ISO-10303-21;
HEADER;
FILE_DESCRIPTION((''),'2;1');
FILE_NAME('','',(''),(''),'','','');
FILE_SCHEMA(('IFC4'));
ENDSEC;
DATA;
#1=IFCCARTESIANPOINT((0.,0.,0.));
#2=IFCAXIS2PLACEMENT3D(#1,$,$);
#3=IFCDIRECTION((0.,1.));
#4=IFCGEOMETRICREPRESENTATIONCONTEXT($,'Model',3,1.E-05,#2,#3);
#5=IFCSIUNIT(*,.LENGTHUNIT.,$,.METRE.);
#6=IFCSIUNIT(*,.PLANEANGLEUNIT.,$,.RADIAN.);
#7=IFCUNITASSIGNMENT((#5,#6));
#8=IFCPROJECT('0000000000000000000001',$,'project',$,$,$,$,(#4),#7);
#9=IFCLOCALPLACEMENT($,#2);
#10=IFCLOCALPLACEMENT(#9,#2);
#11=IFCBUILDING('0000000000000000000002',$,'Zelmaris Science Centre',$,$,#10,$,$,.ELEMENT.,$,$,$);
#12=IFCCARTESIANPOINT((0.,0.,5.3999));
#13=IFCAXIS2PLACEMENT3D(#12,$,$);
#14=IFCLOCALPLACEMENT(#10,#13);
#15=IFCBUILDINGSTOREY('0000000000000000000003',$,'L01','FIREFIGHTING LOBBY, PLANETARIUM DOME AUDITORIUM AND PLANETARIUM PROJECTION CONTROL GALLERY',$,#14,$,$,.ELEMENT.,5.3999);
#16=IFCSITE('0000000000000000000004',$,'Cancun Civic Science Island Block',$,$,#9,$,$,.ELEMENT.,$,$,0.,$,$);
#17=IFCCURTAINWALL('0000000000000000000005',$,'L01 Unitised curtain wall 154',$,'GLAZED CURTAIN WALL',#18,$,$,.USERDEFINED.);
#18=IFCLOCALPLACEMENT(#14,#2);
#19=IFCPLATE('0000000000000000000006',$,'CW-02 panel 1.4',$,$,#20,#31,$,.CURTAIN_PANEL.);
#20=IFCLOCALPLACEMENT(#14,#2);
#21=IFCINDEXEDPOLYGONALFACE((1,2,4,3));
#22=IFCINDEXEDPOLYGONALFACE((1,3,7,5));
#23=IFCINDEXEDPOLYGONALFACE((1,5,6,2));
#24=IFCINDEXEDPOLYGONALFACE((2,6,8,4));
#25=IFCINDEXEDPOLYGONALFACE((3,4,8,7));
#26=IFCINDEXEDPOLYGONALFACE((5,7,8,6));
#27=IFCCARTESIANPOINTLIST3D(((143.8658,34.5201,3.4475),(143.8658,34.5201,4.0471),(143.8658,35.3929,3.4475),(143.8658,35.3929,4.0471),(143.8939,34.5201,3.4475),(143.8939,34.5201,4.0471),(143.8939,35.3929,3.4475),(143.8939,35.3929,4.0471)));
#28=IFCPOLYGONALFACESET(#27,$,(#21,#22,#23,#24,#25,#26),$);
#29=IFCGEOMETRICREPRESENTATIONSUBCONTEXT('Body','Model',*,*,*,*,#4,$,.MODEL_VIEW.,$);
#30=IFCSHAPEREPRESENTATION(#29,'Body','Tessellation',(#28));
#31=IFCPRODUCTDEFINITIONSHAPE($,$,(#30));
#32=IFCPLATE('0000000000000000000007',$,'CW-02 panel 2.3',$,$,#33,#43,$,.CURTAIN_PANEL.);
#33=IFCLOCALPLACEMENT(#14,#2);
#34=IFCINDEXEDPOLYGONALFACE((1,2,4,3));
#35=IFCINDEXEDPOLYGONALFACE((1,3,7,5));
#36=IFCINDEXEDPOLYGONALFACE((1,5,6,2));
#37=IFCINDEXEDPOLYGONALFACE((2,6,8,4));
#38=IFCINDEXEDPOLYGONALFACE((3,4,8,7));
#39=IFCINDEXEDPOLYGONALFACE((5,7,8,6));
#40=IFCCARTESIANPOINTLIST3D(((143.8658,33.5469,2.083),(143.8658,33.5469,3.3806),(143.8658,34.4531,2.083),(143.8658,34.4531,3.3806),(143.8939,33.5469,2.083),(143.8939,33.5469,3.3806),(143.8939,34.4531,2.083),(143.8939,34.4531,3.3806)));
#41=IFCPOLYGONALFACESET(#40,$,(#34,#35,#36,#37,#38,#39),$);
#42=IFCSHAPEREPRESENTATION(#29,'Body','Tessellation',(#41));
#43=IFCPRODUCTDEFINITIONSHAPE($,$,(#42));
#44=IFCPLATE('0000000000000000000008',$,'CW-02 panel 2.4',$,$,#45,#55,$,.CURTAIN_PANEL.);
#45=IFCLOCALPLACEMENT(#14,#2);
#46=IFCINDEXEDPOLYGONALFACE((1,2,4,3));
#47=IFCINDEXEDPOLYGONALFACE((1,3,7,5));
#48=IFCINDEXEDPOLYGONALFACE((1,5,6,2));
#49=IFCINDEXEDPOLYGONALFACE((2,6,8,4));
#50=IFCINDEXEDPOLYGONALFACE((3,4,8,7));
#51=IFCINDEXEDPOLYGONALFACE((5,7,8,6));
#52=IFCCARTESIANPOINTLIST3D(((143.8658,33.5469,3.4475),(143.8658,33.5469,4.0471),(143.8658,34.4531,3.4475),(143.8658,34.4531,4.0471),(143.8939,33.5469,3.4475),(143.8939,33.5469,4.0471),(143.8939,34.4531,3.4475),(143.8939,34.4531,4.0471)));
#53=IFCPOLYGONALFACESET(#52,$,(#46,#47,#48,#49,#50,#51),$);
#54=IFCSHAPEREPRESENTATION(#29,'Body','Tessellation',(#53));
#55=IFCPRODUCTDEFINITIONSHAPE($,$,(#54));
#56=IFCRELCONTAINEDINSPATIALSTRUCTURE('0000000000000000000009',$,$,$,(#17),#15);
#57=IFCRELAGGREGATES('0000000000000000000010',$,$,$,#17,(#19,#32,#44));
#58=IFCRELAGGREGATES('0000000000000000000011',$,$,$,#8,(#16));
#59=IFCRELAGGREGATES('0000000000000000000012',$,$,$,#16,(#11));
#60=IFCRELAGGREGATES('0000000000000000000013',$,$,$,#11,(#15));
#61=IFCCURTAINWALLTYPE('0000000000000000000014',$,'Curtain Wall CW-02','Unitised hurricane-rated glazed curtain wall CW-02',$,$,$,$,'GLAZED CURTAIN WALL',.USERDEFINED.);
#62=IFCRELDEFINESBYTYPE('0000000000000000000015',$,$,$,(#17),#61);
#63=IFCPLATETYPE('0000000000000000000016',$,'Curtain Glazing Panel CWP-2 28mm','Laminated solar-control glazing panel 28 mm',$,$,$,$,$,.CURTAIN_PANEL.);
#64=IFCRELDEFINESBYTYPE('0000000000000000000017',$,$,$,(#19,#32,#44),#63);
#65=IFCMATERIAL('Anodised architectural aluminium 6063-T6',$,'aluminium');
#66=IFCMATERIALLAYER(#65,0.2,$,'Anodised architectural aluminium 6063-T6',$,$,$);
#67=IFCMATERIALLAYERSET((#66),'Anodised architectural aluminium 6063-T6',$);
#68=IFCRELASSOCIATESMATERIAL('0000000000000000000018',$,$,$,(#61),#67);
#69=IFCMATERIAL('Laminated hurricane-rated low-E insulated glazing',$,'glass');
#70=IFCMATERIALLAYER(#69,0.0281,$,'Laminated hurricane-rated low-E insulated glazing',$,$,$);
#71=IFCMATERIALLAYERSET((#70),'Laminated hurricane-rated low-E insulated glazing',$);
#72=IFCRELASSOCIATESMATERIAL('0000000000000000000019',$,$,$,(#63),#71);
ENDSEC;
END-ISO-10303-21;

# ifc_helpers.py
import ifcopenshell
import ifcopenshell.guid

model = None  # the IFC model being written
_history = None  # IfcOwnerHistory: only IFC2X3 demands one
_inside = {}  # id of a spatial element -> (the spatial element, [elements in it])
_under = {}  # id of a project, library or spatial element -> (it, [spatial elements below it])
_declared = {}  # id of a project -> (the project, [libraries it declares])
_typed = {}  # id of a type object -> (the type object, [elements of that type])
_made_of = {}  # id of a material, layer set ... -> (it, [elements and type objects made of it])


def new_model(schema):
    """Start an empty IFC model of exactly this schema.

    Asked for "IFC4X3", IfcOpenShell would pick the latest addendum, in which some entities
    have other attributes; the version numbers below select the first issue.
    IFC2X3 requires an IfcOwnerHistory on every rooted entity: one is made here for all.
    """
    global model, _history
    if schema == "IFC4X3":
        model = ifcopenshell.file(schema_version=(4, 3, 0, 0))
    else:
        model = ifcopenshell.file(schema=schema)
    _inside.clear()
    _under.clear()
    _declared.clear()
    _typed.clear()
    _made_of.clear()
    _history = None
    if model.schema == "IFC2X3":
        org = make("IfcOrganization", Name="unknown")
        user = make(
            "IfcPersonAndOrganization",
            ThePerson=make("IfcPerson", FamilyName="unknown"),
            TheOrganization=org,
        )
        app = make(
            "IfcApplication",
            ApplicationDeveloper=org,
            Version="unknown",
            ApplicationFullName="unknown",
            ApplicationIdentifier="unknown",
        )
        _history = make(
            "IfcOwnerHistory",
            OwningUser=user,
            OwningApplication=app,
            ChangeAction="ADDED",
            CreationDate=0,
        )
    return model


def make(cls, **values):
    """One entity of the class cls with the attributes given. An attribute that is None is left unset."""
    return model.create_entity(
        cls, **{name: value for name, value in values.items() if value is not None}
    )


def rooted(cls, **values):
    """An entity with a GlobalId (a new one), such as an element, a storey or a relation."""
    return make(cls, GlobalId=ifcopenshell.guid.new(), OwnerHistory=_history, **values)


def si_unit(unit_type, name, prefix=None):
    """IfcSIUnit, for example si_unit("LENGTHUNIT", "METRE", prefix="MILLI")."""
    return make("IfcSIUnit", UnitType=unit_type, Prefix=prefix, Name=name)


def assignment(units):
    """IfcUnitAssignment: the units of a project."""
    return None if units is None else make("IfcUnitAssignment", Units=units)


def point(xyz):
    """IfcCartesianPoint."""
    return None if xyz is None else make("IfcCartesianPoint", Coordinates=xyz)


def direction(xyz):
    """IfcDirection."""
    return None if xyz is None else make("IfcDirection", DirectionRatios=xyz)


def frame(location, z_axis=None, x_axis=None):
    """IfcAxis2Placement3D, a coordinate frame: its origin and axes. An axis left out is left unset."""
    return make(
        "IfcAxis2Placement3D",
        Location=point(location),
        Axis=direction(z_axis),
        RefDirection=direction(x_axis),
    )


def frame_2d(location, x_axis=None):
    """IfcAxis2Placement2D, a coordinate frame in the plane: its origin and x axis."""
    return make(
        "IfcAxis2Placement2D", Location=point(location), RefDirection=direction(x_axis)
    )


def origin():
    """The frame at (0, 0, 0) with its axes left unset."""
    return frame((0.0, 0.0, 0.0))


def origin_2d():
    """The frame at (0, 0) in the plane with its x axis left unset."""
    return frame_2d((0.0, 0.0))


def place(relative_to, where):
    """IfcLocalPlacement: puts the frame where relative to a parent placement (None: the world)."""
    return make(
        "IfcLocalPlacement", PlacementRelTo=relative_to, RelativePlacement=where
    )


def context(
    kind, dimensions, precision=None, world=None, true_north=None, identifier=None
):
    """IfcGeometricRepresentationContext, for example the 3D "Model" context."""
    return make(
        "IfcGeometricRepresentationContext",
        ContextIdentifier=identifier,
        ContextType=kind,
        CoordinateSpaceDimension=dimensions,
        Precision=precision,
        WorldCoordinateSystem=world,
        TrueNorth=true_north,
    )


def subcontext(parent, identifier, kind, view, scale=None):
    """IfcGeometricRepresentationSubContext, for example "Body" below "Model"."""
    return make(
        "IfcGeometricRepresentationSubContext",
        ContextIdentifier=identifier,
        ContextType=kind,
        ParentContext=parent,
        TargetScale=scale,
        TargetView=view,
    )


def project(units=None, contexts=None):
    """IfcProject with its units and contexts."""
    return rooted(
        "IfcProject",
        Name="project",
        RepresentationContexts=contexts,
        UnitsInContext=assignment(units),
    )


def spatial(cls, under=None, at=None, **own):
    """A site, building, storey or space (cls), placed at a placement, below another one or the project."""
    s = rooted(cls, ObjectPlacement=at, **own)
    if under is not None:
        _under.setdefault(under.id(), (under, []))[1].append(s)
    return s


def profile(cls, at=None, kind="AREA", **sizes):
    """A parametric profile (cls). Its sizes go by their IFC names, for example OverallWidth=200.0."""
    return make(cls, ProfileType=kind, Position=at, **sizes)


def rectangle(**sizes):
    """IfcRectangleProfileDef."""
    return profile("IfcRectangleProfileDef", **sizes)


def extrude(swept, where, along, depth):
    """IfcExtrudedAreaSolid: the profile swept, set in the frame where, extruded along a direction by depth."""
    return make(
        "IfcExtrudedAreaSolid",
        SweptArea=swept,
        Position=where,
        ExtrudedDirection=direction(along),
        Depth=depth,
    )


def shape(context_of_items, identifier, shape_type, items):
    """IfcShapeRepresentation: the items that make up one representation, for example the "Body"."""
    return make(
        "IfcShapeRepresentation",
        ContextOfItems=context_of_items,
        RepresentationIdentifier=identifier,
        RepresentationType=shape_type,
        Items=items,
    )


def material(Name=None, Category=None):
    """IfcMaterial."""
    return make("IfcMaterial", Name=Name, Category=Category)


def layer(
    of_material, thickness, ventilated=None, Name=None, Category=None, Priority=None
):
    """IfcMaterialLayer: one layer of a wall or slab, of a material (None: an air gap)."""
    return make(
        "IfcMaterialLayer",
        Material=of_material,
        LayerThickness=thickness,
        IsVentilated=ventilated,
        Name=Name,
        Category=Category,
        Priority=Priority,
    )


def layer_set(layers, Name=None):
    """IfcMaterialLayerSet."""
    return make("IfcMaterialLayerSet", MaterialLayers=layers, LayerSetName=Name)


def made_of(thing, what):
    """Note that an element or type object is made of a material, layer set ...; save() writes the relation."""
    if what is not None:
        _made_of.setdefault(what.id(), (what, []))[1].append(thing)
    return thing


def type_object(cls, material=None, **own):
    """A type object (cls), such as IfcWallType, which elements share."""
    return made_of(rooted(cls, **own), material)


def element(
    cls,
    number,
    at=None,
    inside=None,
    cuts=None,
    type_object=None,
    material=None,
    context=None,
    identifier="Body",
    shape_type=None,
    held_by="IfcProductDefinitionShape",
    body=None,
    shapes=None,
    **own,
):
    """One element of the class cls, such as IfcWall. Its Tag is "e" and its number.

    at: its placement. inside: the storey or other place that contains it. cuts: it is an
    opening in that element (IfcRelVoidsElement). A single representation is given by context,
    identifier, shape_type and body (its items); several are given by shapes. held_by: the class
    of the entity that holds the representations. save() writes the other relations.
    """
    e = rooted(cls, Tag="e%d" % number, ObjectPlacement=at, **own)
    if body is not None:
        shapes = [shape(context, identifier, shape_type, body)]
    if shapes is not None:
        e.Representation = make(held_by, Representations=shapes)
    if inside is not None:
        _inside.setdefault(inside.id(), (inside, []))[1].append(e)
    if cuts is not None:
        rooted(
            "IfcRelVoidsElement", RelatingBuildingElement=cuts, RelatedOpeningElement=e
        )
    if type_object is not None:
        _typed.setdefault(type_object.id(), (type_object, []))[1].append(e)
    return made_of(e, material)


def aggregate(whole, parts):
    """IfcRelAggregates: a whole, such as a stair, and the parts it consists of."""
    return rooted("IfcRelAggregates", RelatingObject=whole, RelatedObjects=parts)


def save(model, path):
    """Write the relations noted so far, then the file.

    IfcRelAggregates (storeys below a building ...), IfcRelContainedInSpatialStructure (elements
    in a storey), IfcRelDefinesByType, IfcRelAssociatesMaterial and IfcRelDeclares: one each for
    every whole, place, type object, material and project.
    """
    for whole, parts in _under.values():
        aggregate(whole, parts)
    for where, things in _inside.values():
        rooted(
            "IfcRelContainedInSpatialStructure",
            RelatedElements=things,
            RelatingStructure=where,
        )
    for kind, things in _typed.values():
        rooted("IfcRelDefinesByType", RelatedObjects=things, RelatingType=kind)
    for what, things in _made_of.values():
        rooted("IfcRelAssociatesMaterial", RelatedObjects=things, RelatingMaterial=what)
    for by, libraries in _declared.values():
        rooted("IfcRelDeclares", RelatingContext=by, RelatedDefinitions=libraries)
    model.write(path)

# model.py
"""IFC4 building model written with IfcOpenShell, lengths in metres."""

from ifc_helpers import new_model, si_unit, direction, frame, origin, origin_2d, place, context, subcontext, project, spatial, rectangle, extrude, material, layer, layer_set, type_object, element, aggregate, save


model = new_model("IFC4")

# Units and contexts
model_context = context("Model", 3, precision=1e-05, world=origin(), true_north=direction((0.0, 1.0)))
body_context = subcontext(model_context, "Body", "Model", "MODEL_VIEW")
ifc_project = project(units=[si_unit("LENGTHUNIT", "METRE"), si_unit("PLANEANGLEUNIT", "RADIAN")], contexts=[model_context])

# Site, building, storey
site_placement = place(None, origin())
site = spatial("IfcSite", under=ifc_project, at=site_placement, Name="Cancun Civic Science Island Block", CompositionType="ELEMENT", RefElevation=0.0)
building_placement = place(site_placement, origin())
building = spatial("IfcBuilding", under=site, at=building_placement, Name="Zelmaris Science Centre", CompositionType="ELEMENT")
storey_placement = place(building_placement, frame((0.0, 0.0, 5.3999)))
storey = spatial("IfcBuildingStorey", under=building, at=storey_placement, Name="L01", Description="FIREFIGHTING LOBBY, PLANETARIUM DOME AUDITORIUM AND PLANETARIUM PROJECTION CONTROL GALLERY", CompositionType="ELEMENT", Elevation=5.3999)

# Curtain wall
ifc_material_1 = material(Name="Anodised architectural aluminium 6063-T6", Category="aluminium")
ifc_layer_1 = layer(ifc_material_1, 0.2, Name="Anodised architectural aluminium 6063-T6")
ifc_layer_set_1 = layer_set([ifc_layer_1], Name="Anodised architectural aluminium 6063-T6")
curtain_wall_type = type_object("IfcCurtainWallType", Name="Curtain Wall CW-02", Description="Unitised hurricane-rated glazed curtain wall CW-02", ElementType="GLAZED CURTAIN WALL", PredefinedType="USERDEFINED", material=ifc_layer_set_1)
curtain_wall_placement = place(storey_placement, origin())
curtain_wall = element("IfcCurtainWall", 1, at=curtain_wall_placement, inside=storey, type_object=curtain_wall_type, Name="L01 Unitised curtain wall 154", ObjectType="GLAZED CURTAIN WALL", PredefinedType="USERDEFINED")

# Plates
ifc_material_2 = material(Name="Laminated hurricane-rated low-E insulated glazing", Category="glass")
ifc_layer_2 = layer(ifc_material_2, 0.0281, Name="Laminated hurricane-rated low-E insulated glazing")
ifc_layer_set_2 = layer_set([ifc_layer_2], Name="Laminated hurricane-rated low-E insulated glazing")
plate_type = type_object("IfcPlateType", Name="Curtain Glazing Panel CWP-2 28mm", Description="Laminated solar-control glazing panel 28 mm", PredefinedType="CURTAIN_PANEL", material=ifc_layer_set_2)
plate_1_placement = place(storey_placement, frame((143.8799, 34.9565, 3.4475), z_axis=(0.0, 0.0, 1.0), x_axis=(0.0, -1.0, 0.0)))
plate_1 = element("IfcPlate", 2, at=plate_1_placement, type_object=plate_type, Name="CW-02 panel 1.4", PredefinedType="CURTAIN_PANEL", context=body_context, shape_type="SweptSolid", body=[
    extrude(rectangle(XDim=0.8728, YDim=0.0281, at=origin_2d()), origin(), (0.0, 0.0, 1.0), 0.5996),
])
plate_2_placement = place(storey_placement, frame((143.8799, 34.0, 2.083), z_axis=(0.0, 0.0, 1.0), x_axis=(0.0, -1.0, 0.0)))
plate_2 = element("IfcPlate", 3, at=plate_2_placement, type_object=plate_type, Name="CW-02 panel 2.3", PredefinedType="CURTAIN_PANEL", context=body_context, shape_type="SweptSolid", body=[
    extrude(rectangle(XDim=0.9062, YDim=0.0281, at=origin_2d()), origin(), (0.0, 0.0, 1.0), 1.2976),
])
plate_3_placement = place(storey_placement, frame((143.8799, 34.0, 3.4475), z_axis=(0.0, 0.0, 1.0), x_axis=(0.0, -1.0, 0.0)))
plate_3 = element("IfcPlate", 4, at=plate_3_placement, type_object=plate_type, Name="CW-02 panel 2.4", PredefinedType="CURTAIN_PANEL", context=body_context, shape_type="SweptSolid", body=[
    extrude(rectangle(XDim=0.9062, YDim=0.0281, at=origin_2d()), origin(), (0.0, 0.0, 1.0), 0.5996),
])
aggregate(curtain_wall, [plate_1, plate_2, plate_3])

save(model, "model.ifc")
